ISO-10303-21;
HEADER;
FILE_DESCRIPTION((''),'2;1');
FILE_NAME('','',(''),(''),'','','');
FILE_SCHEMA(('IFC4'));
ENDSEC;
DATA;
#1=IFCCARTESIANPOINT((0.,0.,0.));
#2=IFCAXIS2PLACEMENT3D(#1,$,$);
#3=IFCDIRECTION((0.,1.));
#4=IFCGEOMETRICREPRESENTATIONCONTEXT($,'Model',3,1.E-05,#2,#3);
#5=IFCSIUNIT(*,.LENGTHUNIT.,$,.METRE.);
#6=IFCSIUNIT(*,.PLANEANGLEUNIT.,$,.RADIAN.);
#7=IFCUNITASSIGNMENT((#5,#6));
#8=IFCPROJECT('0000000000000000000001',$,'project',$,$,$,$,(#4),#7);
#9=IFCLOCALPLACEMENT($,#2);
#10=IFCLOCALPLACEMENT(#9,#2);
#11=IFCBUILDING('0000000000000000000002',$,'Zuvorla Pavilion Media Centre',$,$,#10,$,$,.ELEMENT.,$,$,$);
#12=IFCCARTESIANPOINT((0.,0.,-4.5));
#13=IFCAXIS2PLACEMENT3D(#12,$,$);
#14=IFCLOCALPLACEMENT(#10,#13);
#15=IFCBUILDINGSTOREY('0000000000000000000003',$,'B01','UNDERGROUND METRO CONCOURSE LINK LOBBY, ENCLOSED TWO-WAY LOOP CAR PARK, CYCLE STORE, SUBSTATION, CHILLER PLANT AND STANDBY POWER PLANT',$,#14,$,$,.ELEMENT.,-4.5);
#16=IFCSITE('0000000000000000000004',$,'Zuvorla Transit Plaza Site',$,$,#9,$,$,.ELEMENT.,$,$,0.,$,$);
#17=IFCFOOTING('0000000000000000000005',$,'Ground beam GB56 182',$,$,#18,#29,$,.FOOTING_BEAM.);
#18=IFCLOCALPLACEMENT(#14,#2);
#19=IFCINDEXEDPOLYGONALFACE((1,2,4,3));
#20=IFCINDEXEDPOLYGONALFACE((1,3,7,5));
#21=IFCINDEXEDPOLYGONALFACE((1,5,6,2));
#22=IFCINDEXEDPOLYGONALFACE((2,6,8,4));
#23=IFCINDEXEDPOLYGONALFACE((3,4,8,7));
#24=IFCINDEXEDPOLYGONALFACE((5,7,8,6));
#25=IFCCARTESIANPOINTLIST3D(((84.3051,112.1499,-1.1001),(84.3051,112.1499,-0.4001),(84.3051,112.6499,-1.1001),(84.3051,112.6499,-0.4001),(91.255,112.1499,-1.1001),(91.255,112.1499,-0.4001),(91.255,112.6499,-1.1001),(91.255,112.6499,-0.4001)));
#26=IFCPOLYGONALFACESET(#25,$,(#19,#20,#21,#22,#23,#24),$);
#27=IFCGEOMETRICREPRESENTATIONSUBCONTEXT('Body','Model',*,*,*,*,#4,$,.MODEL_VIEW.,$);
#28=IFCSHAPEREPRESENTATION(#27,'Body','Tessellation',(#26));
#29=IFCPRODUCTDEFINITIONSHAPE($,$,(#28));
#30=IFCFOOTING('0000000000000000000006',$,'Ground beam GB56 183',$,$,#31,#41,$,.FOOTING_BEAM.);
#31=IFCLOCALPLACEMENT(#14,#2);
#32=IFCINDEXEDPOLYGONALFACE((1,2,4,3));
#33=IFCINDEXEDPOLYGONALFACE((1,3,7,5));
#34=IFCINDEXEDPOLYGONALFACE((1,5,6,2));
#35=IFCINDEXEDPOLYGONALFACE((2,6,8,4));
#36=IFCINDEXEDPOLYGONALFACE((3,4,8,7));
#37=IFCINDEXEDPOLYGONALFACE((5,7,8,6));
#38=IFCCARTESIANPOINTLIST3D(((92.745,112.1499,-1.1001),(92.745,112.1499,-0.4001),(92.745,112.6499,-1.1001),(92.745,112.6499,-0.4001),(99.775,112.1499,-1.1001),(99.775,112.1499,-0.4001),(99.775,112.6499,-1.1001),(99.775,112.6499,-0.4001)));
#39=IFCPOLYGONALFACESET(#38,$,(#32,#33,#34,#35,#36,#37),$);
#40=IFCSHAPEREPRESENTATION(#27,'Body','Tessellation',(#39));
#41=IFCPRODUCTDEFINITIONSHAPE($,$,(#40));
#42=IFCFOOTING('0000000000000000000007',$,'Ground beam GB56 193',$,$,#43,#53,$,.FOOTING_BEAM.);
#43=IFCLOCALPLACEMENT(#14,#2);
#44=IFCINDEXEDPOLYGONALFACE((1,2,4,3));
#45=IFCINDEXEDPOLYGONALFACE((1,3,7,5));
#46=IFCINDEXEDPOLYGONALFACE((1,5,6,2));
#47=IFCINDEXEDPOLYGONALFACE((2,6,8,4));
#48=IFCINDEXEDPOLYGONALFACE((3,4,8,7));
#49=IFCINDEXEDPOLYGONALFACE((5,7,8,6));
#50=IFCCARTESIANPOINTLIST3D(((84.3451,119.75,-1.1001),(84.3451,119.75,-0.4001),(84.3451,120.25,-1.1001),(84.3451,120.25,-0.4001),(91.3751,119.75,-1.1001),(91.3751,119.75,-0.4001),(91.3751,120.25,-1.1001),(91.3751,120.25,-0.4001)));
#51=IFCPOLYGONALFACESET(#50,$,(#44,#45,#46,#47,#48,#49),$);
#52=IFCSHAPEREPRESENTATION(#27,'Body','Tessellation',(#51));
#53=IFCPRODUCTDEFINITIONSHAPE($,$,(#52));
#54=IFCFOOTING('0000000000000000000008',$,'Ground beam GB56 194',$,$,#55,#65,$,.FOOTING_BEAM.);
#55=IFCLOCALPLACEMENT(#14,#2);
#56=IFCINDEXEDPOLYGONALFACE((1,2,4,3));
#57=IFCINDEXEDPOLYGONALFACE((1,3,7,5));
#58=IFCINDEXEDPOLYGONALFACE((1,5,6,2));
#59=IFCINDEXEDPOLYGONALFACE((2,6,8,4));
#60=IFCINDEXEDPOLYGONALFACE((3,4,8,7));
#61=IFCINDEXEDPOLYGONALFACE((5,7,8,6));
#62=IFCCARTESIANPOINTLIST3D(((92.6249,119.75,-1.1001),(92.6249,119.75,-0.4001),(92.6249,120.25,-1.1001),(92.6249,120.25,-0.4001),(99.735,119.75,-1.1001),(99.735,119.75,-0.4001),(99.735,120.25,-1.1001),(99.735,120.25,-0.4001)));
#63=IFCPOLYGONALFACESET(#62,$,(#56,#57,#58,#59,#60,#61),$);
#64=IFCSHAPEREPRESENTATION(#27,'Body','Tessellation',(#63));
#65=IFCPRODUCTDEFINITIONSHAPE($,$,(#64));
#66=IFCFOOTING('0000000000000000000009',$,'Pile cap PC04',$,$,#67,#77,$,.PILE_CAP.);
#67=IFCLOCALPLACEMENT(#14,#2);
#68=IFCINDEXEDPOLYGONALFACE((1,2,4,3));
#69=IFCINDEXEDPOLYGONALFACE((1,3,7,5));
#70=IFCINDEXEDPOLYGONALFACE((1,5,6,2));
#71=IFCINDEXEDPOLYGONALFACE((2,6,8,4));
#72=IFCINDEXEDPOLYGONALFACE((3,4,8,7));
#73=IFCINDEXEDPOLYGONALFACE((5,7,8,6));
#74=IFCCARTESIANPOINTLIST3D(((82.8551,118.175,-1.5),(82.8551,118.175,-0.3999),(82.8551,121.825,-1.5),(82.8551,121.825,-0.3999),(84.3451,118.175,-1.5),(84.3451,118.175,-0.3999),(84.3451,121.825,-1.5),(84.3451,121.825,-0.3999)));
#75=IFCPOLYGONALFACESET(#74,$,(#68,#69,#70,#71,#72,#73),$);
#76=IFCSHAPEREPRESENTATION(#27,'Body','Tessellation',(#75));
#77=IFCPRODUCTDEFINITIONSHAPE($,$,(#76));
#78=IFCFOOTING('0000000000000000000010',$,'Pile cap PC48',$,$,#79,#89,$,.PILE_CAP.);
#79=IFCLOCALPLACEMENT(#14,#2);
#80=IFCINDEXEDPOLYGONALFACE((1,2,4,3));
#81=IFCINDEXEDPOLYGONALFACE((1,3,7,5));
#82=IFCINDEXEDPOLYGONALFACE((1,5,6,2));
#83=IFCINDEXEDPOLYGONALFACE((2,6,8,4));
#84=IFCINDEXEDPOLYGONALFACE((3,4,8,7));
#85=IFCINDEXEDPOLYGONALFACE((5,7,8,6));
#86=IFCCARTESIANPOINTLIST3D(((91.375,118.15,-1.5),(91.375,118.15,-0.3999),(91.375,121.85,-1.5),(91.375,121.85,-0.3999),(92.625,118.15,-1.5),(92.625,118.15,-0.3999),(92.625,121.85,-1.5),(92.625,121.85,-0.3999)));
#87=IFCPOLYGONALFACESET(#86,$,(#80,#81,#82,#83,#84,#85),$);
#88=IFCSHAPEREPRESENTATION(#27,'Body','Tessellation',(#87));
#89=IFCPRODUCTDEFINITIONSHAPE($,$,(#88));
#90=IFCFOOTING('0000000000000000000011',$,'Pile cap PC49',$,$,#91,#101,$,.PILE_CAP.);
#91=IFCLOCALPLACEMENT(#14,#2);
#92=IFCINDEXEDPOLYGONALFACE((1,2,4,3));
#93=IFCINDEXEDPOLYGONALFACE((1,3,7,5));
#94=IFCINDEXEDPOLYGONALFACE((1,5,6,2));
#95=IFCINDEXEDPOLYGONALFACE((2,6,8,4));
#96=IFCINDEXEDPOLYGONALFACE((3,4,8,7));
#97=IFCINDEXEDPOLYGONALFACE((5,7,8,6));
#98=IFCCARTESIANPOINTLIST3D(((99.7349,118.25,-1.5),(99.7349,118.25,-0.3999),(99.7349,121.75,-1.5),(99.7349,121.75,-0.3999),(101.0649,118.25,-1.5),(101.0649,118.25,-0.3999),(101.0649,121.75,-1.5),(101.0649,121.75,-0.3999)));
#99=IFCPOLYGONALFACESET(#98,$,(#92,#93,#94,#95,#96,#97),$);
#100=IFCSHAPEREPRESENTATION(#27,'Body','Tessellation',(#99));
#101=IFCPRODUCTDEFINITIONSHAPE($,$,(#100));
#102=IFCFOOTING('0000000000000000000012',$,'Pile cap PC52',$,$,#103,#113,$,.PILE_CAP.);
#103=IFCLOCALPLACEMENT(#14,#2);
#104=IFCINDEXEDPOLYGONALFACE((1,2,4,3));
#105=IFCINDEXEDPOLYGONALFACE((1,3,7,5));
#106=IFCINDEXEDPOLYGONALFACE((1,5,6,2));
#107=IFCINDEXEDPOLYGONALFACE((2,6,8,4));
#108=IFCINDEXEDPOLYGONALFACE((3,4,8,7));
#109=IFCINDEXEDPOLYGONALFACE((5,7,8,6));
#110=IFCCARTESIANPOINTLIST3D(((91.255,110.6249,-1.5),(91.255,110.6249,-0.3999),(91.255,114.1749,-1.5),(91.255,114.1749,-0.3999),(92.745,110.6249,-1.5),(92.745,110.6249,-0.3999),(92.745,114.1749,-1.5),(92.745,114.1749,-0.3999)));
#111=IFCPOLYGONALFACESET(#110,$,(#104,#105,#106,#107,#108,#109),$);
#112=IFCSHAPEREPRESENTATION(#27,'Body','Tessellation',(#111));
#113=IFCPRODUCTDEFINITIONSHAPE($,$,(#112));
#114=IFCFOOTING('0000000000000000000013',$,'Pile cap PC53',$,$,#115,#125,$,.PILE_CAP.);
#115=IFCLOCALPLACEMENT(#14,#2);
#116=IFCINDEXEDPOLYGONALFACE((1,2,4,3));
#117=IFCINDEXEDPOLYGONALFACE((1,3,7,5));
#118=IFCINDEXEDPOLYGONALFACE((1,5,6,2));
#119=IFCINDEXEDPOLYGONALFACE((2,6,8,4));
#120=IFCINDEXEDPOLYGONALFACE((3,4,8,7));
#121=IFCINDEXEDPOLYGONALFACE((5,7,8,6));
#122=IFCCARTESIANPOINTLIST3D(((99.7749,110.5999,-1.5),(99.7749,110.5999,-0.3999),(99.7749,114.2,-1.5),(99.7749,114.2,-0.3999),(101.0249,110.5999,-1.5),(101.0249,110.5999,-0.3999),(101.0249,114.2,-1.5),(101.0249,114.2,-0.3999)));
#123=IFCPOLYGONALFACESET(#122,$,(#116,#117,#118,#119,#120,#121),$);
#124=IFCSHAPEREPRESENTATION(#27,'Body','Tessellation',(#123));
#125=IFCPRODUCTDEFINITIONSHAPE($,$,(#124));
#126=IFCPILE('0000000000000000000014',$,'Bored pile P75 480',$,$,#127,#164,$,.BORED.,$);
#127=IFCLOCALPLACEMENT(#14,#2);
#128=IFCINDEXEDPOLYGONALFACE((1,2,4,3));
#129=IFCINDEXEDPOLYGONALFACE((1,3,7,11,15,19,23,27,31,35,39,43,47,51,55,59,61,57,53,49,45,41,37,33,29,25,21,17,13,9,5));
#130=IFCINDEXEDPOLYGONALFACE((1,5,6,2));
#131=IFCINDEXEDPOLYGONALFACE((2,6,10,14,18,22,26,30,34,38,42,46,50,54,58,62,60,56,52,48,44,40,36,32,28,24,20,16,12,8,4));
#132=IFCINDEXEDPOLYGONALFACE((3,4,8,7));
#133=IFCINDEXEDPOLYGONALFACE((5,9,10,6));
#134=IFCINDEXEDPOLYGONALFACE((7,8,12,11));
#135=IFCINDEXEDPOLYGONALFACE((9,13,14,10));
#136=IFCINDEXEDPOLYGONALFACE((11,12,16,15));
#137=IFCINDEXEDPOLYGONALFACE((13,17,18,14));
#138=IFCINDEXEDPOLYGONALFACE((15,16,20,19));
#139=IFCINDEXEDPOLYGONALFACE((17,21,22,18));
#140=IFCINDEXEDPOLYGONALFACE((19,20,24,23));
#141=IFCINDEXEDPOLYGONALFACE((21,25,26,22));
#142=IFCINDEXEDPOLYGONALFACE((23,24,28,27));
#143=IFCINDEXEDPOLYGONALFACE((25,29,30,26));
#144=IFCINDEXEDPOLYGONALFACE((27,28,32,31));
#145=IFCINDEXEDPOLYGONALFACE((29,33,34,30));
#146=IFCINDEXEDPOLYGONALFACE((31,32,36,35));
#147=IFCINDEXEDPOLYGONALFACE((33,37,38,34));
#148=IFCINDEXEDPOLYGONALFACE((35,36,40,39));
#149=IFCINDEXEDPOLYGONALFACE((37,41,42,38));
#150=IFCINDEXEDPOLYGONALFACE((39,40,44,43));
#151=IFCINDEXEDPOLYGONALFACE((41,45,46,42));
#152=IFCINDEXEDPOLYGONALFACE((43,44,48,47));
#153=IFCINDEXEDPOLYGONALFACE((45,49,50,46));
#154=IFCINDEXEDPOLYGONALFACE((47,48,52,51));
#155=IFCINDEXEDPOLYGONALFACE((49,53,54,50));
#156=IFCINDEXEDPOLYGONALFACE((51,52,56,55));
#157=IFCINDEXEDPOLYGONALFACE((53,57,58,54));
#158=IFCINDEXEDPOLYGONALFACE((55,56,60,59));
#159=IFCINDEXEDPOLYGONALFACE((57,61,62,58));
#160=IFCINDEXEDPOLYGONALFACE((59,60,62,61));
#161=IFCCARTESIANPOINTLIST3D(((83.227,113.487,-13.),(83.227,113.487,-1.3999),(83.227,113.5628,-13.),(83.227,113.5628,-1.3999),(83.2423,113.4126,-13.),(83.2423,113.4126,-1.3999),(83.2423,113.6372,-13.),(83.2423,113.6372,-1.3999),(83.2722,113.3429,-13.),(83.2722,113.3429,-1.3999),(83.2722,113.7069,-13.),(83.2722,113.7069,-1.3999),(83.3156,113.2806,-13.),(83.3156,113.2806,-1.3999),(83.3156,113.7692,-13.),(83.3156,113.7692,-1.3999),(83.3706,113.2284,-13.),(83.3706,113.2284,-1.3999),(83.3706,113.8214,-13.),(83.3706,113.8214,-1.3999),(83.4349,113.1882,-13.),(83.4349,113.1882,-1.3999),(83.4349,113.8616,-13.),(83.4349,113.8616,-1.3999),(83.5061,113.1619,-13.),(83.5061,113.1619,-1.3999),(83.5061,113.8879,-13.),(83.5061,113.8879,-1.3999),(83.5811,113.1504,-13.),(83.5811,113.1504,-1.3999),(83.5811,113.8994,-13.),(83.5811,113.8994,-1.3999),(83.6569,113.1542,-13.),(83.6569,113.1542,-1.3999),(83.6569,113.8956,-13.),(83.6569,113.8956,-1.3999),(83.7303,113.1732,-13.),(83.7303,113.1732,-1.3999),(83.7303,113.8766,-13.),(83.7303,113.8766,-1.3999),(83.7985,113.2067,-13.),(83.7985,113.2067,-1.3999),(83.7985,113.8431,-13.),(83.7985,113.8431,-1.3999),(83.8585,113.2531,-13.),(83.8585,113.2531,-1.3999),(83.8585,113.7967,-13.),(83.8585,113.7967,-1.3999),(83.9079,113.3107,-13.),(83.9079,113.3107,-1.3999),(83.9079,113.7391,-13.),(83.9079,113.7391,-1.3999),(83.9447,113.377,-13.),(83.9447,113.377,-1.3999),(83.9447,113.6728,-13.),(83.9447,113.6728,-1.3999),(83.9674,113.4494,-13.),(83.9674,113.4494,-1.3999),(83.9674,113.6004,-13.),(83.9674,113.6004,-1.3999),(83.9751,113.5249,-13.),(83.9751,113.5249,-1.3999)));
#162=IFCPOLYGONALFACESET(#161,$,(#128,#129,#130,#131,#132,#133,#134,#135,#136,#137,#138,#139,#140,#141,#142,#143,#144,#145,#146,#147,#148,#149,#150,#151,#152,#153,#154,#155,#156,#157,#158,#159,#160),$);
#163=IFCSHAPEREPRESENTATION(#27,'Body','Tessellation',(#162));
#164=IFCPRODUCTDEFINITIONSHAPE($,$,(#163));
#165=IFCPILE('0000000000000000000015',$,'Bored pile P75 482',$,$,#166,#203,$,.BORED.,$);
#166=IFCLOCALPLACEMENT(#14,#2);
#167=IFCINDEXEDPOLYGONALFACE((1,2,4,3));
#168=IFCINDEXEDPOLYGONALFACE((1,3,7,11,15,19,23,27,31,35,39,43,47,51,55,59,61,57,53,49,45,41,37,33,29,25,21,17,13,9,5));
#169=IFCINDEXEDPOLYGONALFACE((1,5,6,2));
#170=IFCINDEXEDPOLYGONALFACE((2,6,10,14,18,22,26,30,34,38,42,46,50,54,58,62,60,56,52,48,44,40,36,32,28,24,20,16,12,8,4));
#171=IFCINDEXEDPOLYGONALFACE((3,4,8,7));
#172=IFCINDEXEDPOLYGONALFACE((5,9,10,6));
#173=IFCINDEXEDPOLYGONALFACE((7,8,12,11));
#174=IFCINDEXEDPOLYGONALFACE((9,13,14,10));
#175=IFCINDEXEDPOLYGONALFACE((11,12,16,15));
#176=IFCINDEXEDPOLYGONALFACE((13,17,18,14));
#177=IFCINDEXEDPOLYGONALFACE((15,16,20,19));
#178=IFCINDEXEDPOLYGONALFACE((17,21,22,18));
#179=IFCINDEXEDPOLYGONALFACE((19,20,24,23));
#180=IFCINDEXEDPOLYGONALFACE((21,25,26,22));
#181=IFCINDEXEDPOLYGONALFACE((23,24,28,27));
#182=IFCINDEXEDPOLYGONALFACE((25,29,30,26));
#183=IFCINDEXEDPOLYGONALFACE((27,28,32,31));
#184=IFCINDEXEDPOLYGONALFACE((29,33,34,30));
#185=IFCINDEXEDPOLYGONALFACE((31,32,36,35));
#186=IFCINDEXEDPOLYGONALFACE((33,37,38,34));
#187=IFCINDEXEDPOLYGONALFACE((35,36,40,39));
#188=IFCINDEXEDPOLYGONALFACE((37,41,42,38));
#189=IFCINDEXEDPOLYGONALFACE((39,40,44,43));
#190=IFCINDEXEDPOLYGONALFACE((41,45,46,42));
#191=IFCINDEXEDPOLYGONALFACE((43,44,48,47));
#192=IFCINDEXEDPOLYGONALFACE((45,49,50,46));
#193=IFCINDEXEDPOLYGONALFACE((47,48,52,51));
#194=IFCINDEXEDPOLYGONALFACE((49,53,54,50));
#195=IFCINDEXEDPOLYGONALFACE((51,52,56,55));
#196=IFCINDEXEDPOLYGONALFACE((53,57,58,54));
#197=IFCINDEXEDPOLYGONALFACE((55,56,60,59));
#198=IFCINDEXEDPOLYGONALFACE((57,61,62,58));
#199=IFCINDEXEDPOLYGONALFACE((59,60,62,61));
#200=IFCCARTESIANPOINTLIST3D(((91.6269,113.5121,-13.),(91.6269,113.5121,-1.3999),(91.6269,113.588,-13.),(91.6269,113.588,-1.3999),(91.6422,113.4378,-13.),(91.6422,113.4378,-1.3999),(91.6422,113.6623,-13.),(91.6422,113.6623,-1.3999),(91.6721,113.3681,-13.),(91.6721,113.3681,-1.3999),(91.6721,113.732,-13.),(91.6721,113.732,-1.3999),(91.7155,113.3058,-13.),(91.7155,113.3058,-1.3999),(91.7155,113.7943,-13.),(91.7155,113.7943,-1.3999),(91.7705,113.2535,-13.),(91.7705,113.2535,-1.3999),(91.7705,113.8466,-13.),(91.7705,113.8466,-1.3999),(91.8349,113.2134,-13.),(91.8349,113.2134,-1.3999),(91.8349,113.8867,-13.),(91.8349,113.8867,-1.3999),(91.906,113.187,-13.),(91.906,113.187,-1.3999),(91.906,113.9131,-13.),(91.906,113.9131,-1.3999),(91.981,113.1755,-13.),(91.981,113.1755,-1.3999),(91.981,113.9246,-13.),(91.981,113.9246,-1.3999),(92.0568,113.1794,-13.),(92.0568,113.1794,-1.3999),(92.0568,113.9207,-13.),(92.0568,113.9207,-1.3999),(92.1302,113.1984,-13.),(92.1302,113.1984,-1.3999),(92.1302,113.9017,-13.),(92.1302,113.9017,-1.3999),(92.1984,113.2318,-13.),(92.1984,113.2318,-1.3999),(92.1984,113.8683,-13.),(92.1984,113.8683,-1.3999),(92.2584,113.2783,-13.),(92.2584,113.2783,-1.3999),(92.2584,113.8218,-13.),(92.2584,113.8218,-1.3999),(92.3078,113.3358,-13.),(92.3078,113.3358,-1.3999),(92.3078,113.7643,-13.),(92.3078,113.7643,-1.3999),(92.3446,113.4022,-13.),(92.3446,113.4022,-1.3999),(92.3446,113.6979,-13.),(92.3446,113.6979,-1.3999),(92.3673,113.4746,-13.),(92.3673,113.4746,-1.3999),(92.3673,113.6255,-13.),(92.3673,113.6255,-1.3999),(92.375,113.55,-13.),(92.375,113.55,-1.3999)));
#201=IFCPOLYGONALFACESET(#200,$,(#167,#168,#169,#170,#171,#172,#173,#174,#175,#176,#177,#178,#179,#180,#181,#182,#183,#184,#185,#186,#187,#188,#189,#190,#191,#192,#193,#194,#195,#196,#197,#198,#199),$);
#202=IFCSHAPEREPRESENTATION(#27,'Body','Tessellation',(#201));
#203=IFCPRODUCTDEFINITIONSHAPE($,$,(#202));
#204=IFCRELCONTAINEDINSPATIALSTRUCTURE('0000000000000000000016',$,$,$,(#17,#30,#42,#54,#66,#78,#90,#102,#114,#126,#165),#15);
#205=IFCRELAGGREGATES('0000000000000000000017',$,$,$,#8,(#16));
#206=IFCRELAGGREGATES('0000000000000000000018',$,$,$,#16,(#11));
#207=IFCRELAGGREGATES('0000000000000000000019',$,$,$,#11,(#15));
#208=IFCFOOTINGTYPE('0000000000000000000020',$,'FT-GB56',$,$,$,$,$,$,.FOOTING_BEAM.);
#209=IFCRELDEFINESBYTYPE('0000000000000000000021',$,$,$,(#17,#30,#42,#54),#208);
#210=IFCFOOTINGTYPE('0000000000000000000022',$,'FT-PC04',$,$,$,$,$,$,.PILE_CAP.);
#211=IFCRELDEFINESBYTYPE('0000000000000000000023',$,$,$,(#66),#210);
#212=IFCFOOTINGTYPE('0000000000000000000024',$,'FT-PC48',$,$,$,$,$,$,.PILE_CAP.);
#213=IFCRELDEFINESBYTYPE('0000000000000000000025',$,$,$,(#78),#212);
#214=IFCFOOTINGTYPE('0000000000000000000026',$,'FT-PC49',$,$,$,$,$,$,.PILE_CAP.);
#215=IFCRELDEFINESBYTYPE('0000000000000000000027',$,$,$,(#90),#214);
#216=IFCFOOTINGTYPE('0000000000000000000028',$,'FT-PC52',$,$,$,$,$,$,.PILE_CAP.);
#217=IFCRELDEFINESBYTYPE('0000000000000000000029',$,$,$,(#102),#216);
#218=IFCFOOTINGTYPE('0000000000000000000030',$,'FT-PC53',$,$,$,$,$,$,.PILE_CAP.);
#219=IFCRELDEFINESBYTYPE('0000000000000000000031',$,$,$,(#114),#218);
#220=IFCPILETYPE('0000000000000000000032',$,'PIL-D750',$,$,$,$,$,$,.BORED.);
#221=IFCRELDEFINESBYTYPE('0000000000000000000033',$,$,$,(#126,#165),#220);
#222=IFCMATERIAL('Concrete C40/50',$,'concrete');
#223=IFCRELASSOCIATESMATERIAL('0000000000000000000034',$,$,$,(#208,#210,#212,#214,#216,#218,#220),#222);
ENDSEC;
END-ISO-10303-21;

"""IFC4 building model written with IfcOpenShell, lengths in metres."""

from ifc_helpers import new_model, si_unit, direction, frame, origin, origin_2d, place, context, subcontext, project, spatial, rectangle, circle, extrude, material, material_profile, profile_set, type_object, element, save


model = new_model("IFC4")

# Units and contexts
model_context = context("Model", 3, precision=1e-05, world=origin(), true_north=direction((0.0, 1.0)))
body_context = subcontext(model_context, "Body", "Model", "MODEL_VIEW")
ifc_project = project(units=[si_unit("LENGTHUNIT", "METRE"), si_unit("PLANEANGLEUNIT", "RADIAN")], contexts=[model_context])

# Site, building, storey
site_placement = place(None, origin())
site = spatial("IfcSite", under=ifc_project, at=site_placement, Name="Zuvorla Transit Plaza Site", CompositionType="ELEMENT", RefElevation=0.0)
building_placement = place(site_placement, origin())
building = spatial("IfcBuilding", under=site, at=building_placement, Name="Zuvorla Pavilion Media Centre", CompositionType="ELEMENT")
storey_placement = place(building_placement, frame((0.0, 0.0, -4.5)))
storey = spatial("IfcBuildingStorey", under=building, at=storey_placement, Name="B01", Description="UNDERGROUND METRO CONCOURSE LINK LOBBY, ENCLOSED TWO-WAY LOOP CAR PARK, CYCLE STORE, SUBSTATION, CHILLER PLANT AND STANDBY POWER PLANT", CompositionType="ELEMENT", Elevation=-4.5)

# Footings
ifc_material = material(Name="Concrete C40/50", Category="concrete")
footing_type_1 = type_object("IfcFootingType", Name="FT-GB56", PredefinedType="FOOTING_BEAM", material=ifc_material)
footing_1_placement = place(storey_placement, frame((87.78, 112.3999, -1.1001), z_axis=(0.0, 0.0, 1.0), x_axis=(1.0, 0.0, 0.0)))
element("IfcFooting", 1, at=footing_1_placement, inside=storey, type_object=footing_type_1, Name="Ground beam GB56 182", PredefinedType="FOOTING_BEAM", context=body_context, shape_type="SweptSolid", body=[
    extrude(rectangle(XDim=6.95, YDim=0.5, at=origin_2d()), origin(), (0.0, 0.0, 1.0), 0.7),
])
for number, where, z_axis, x_axis, name in (
    (2, (96.26, 112.3999, -1.1001), (0.0, 0.0, 1.0), (1.0, 0.0, 0.0), "Ground beam GB56 183"),
    (3, (87.8601, 120.0, -1.1001), (0.0, 0.0, 1.0), (1.0, 0.0, 0.0), "Ground beam GB56 193"),
):
    element("IfcFooting", number, at=place(storey_placement, frame(where, z_axis=z_axis, x_axis=x_axis)), inside=storey, type_object=footing_type_1, Name=name, PredefinedType="FOOTING_BEAM", context=body_context, shape_type="SweptSolid", body=[
        extrude(rectangle(XDim=7.03, YDim=0.5, at=origin_2d()), origin(), (0.0, 0.0, 1.0), 0.7),
    ])
footing_2_placement = place(storey_placement, frame((96.1799, 120.0, -1.1001), z_axis=(0.0, 0.0, 1.0), x_axis=(1.0, 0.0, 0.0)))
element("IfcFooting", 4, at=footing_2_placement, inside=storey, type_object=footing_type_1, Name="Ground beam GB56 194", PredefinedType="FOOTING_BEAM", context=body_context, shape_type="SweptSolid", body=[
    extrude(rectangle(XDim=7.1101, YDim=0.5, at=origin_2d()), origin(), (0.0, 0.0, 1.0), 0.7),
])
footing_type_2 = type_object("IfcFootingType", Name="FT-PC04", PredefinedType="PILE_CAP", material=ifc_material)
footing_3_placement = place(storey_placement, frame((83.6001, 120.0, -1.5), z_axis=(0.0, 0.0, 1.0), x_axis=(1.0, 0.0, 0.0)))
element("IfcFooting", 5, at=footing_3_placement, inside=storey, type_object=footing_type_2, Name="Pile cap PC04", PredefinedType="PILE_CAP", context=body_context, shape_type="SweptSolid", body=[
    extrude(rectangle(XDim=1.49, YDim=3.6499, at=origin_2d()), origin(), (0.0, 0.0, 1.0), 1.1001),
])
footing_type_3 = type_object("IfcFootingType", Name="FT-PC48", PredefinedType="PILE_CAP", material=ifc_material)
footing_4_placement = place(storey_placement, frame((92.0, 120.0, -1.5), z_axis=(0.0, 0.0, 1.0), x_axis=(1.0, 0.0, 0.0)))
element("IfcFooting", 6, at=footing_4_placement, inside=storey, type_object=footing_type_3, Name="Pile cap PC48", PredefinedType="PILE_CAP", context=body_context, shape_type="SweptSolid", body=[
    extrude(rectangle(XDim=1.25, YDim=3.7, at=origin_2d()), origin(), (0.0, 0.0, 1.0), 1.1001),
])
footing_type_4 = type_object("IfcFootingType", Name="FT-PC49", PredefinedType="PILE_CAP", material=ifc_material)
footing_5_placement = place(storey_placement, frame((100.3999, 120.0, -1.5), z_axis=(0.0, 0.0, 1.0), x_axis=(1.0, 0.0, 0.0)))
element("IfcFooting", 7, at=footing_5_placement, inside=storey, type_object=footing_type_4, Name="Pile cap PC49", PredefinedType="PILE_CAP", context=body_context, shape_type="SweptSolid", body=[
    extrude(rectangle(XDim=1.3301, YDim=3.5, at=origin_2d()), origin(), (0.0, 0.0, 1.0), 1.1001),
])
footing_type_5 = type_object("IfcFootingType", Name="FT-PC52", PredefinedType="PILE_CAP", material=ifc_material)
footing_6_placement = place(storey_placement, frame((92.0, 112.3999, -1.5), z_axis=(0.0, 0.0, 1.0), x_axis=(1.0, 0.0, 0.0)))
element("IfcFooting", 8, at=footing_6_placement, inside=storey, type_object=footing_type_5, Name="Pile cap PC52", PredefinedType="PILE_CAP", context=body_context, shape_type="SweptSolid", body=[
    extrude(rectangle(XDim=1.49, YDim=3.55, at=origin_2d()), origin(), (0.0, 0.0, 1.0), 1.1001),
])
footing_type_6 = type_object("IfcFootingType", Name="FT-PC53", PredefinedType="PILE_CAP", material=ifc_material)
footing_7_placement = place(storey_placement, frame((100.3999, 112.3999, -1.5), z_axis=(0.0, 0.0, 1.0), x_axis=(1.0, 0.0, 0.0)))
element("IfcFooting", 9, at=footing_7_placement, inside=storey, type_object=footing_type_6, Name="Pile cap PC53", PredefinedType="PILE_CAP", context=body_context, shape_type="SweptSolid", body=[
    extrude(rectangle(XDim=1.25, YDim=3.6001, at=origin_2d()), origin(), (0.0, 0.0, 1.0), 1.1001),
])

# Piles
ifc_material_profile_1 = material_profile(ifc_material, circle(Radius=0.375, at=origin_2d()), Name="BORED PILE 750")
ifc_profile_set_1 = profile_set([ifc_material_profile_1], Name="Concrete C40/50")
pile_type = type_object("IfcPileType", Name="PIL-D750", PredefinedType="BORED", material=ifc_profile_set_1)
for number, where, z_axis, x_axis, name in (
    (10, (83.6001, 113.5249, -1.3999), (0.0, 0.0, -1.0), (1.0, 0.0, 0.0), "Bored pile P75 480"),
    (11, (92.0, 113.55, -1.3999), (0.0, 0.0, -1.0), (1.0, 0.0, 0.0), "Bored pile P75 482"),
):
    element("IfcPile", number, at=place(storey_placement, frame(where, z_axis=z_axis, x_axis=x_axis)), inside=storey, type_object=pile_type, Name=name, PredefinedType="BORED", context=body_context, shape_type="SweptSolid", body=[
        extrude(circle(Radius=0.375, at=origin_2d()), origin(), (0.0, 0.0, 1.0), 11.6001),
    ])

save(model, "model.ifc")
